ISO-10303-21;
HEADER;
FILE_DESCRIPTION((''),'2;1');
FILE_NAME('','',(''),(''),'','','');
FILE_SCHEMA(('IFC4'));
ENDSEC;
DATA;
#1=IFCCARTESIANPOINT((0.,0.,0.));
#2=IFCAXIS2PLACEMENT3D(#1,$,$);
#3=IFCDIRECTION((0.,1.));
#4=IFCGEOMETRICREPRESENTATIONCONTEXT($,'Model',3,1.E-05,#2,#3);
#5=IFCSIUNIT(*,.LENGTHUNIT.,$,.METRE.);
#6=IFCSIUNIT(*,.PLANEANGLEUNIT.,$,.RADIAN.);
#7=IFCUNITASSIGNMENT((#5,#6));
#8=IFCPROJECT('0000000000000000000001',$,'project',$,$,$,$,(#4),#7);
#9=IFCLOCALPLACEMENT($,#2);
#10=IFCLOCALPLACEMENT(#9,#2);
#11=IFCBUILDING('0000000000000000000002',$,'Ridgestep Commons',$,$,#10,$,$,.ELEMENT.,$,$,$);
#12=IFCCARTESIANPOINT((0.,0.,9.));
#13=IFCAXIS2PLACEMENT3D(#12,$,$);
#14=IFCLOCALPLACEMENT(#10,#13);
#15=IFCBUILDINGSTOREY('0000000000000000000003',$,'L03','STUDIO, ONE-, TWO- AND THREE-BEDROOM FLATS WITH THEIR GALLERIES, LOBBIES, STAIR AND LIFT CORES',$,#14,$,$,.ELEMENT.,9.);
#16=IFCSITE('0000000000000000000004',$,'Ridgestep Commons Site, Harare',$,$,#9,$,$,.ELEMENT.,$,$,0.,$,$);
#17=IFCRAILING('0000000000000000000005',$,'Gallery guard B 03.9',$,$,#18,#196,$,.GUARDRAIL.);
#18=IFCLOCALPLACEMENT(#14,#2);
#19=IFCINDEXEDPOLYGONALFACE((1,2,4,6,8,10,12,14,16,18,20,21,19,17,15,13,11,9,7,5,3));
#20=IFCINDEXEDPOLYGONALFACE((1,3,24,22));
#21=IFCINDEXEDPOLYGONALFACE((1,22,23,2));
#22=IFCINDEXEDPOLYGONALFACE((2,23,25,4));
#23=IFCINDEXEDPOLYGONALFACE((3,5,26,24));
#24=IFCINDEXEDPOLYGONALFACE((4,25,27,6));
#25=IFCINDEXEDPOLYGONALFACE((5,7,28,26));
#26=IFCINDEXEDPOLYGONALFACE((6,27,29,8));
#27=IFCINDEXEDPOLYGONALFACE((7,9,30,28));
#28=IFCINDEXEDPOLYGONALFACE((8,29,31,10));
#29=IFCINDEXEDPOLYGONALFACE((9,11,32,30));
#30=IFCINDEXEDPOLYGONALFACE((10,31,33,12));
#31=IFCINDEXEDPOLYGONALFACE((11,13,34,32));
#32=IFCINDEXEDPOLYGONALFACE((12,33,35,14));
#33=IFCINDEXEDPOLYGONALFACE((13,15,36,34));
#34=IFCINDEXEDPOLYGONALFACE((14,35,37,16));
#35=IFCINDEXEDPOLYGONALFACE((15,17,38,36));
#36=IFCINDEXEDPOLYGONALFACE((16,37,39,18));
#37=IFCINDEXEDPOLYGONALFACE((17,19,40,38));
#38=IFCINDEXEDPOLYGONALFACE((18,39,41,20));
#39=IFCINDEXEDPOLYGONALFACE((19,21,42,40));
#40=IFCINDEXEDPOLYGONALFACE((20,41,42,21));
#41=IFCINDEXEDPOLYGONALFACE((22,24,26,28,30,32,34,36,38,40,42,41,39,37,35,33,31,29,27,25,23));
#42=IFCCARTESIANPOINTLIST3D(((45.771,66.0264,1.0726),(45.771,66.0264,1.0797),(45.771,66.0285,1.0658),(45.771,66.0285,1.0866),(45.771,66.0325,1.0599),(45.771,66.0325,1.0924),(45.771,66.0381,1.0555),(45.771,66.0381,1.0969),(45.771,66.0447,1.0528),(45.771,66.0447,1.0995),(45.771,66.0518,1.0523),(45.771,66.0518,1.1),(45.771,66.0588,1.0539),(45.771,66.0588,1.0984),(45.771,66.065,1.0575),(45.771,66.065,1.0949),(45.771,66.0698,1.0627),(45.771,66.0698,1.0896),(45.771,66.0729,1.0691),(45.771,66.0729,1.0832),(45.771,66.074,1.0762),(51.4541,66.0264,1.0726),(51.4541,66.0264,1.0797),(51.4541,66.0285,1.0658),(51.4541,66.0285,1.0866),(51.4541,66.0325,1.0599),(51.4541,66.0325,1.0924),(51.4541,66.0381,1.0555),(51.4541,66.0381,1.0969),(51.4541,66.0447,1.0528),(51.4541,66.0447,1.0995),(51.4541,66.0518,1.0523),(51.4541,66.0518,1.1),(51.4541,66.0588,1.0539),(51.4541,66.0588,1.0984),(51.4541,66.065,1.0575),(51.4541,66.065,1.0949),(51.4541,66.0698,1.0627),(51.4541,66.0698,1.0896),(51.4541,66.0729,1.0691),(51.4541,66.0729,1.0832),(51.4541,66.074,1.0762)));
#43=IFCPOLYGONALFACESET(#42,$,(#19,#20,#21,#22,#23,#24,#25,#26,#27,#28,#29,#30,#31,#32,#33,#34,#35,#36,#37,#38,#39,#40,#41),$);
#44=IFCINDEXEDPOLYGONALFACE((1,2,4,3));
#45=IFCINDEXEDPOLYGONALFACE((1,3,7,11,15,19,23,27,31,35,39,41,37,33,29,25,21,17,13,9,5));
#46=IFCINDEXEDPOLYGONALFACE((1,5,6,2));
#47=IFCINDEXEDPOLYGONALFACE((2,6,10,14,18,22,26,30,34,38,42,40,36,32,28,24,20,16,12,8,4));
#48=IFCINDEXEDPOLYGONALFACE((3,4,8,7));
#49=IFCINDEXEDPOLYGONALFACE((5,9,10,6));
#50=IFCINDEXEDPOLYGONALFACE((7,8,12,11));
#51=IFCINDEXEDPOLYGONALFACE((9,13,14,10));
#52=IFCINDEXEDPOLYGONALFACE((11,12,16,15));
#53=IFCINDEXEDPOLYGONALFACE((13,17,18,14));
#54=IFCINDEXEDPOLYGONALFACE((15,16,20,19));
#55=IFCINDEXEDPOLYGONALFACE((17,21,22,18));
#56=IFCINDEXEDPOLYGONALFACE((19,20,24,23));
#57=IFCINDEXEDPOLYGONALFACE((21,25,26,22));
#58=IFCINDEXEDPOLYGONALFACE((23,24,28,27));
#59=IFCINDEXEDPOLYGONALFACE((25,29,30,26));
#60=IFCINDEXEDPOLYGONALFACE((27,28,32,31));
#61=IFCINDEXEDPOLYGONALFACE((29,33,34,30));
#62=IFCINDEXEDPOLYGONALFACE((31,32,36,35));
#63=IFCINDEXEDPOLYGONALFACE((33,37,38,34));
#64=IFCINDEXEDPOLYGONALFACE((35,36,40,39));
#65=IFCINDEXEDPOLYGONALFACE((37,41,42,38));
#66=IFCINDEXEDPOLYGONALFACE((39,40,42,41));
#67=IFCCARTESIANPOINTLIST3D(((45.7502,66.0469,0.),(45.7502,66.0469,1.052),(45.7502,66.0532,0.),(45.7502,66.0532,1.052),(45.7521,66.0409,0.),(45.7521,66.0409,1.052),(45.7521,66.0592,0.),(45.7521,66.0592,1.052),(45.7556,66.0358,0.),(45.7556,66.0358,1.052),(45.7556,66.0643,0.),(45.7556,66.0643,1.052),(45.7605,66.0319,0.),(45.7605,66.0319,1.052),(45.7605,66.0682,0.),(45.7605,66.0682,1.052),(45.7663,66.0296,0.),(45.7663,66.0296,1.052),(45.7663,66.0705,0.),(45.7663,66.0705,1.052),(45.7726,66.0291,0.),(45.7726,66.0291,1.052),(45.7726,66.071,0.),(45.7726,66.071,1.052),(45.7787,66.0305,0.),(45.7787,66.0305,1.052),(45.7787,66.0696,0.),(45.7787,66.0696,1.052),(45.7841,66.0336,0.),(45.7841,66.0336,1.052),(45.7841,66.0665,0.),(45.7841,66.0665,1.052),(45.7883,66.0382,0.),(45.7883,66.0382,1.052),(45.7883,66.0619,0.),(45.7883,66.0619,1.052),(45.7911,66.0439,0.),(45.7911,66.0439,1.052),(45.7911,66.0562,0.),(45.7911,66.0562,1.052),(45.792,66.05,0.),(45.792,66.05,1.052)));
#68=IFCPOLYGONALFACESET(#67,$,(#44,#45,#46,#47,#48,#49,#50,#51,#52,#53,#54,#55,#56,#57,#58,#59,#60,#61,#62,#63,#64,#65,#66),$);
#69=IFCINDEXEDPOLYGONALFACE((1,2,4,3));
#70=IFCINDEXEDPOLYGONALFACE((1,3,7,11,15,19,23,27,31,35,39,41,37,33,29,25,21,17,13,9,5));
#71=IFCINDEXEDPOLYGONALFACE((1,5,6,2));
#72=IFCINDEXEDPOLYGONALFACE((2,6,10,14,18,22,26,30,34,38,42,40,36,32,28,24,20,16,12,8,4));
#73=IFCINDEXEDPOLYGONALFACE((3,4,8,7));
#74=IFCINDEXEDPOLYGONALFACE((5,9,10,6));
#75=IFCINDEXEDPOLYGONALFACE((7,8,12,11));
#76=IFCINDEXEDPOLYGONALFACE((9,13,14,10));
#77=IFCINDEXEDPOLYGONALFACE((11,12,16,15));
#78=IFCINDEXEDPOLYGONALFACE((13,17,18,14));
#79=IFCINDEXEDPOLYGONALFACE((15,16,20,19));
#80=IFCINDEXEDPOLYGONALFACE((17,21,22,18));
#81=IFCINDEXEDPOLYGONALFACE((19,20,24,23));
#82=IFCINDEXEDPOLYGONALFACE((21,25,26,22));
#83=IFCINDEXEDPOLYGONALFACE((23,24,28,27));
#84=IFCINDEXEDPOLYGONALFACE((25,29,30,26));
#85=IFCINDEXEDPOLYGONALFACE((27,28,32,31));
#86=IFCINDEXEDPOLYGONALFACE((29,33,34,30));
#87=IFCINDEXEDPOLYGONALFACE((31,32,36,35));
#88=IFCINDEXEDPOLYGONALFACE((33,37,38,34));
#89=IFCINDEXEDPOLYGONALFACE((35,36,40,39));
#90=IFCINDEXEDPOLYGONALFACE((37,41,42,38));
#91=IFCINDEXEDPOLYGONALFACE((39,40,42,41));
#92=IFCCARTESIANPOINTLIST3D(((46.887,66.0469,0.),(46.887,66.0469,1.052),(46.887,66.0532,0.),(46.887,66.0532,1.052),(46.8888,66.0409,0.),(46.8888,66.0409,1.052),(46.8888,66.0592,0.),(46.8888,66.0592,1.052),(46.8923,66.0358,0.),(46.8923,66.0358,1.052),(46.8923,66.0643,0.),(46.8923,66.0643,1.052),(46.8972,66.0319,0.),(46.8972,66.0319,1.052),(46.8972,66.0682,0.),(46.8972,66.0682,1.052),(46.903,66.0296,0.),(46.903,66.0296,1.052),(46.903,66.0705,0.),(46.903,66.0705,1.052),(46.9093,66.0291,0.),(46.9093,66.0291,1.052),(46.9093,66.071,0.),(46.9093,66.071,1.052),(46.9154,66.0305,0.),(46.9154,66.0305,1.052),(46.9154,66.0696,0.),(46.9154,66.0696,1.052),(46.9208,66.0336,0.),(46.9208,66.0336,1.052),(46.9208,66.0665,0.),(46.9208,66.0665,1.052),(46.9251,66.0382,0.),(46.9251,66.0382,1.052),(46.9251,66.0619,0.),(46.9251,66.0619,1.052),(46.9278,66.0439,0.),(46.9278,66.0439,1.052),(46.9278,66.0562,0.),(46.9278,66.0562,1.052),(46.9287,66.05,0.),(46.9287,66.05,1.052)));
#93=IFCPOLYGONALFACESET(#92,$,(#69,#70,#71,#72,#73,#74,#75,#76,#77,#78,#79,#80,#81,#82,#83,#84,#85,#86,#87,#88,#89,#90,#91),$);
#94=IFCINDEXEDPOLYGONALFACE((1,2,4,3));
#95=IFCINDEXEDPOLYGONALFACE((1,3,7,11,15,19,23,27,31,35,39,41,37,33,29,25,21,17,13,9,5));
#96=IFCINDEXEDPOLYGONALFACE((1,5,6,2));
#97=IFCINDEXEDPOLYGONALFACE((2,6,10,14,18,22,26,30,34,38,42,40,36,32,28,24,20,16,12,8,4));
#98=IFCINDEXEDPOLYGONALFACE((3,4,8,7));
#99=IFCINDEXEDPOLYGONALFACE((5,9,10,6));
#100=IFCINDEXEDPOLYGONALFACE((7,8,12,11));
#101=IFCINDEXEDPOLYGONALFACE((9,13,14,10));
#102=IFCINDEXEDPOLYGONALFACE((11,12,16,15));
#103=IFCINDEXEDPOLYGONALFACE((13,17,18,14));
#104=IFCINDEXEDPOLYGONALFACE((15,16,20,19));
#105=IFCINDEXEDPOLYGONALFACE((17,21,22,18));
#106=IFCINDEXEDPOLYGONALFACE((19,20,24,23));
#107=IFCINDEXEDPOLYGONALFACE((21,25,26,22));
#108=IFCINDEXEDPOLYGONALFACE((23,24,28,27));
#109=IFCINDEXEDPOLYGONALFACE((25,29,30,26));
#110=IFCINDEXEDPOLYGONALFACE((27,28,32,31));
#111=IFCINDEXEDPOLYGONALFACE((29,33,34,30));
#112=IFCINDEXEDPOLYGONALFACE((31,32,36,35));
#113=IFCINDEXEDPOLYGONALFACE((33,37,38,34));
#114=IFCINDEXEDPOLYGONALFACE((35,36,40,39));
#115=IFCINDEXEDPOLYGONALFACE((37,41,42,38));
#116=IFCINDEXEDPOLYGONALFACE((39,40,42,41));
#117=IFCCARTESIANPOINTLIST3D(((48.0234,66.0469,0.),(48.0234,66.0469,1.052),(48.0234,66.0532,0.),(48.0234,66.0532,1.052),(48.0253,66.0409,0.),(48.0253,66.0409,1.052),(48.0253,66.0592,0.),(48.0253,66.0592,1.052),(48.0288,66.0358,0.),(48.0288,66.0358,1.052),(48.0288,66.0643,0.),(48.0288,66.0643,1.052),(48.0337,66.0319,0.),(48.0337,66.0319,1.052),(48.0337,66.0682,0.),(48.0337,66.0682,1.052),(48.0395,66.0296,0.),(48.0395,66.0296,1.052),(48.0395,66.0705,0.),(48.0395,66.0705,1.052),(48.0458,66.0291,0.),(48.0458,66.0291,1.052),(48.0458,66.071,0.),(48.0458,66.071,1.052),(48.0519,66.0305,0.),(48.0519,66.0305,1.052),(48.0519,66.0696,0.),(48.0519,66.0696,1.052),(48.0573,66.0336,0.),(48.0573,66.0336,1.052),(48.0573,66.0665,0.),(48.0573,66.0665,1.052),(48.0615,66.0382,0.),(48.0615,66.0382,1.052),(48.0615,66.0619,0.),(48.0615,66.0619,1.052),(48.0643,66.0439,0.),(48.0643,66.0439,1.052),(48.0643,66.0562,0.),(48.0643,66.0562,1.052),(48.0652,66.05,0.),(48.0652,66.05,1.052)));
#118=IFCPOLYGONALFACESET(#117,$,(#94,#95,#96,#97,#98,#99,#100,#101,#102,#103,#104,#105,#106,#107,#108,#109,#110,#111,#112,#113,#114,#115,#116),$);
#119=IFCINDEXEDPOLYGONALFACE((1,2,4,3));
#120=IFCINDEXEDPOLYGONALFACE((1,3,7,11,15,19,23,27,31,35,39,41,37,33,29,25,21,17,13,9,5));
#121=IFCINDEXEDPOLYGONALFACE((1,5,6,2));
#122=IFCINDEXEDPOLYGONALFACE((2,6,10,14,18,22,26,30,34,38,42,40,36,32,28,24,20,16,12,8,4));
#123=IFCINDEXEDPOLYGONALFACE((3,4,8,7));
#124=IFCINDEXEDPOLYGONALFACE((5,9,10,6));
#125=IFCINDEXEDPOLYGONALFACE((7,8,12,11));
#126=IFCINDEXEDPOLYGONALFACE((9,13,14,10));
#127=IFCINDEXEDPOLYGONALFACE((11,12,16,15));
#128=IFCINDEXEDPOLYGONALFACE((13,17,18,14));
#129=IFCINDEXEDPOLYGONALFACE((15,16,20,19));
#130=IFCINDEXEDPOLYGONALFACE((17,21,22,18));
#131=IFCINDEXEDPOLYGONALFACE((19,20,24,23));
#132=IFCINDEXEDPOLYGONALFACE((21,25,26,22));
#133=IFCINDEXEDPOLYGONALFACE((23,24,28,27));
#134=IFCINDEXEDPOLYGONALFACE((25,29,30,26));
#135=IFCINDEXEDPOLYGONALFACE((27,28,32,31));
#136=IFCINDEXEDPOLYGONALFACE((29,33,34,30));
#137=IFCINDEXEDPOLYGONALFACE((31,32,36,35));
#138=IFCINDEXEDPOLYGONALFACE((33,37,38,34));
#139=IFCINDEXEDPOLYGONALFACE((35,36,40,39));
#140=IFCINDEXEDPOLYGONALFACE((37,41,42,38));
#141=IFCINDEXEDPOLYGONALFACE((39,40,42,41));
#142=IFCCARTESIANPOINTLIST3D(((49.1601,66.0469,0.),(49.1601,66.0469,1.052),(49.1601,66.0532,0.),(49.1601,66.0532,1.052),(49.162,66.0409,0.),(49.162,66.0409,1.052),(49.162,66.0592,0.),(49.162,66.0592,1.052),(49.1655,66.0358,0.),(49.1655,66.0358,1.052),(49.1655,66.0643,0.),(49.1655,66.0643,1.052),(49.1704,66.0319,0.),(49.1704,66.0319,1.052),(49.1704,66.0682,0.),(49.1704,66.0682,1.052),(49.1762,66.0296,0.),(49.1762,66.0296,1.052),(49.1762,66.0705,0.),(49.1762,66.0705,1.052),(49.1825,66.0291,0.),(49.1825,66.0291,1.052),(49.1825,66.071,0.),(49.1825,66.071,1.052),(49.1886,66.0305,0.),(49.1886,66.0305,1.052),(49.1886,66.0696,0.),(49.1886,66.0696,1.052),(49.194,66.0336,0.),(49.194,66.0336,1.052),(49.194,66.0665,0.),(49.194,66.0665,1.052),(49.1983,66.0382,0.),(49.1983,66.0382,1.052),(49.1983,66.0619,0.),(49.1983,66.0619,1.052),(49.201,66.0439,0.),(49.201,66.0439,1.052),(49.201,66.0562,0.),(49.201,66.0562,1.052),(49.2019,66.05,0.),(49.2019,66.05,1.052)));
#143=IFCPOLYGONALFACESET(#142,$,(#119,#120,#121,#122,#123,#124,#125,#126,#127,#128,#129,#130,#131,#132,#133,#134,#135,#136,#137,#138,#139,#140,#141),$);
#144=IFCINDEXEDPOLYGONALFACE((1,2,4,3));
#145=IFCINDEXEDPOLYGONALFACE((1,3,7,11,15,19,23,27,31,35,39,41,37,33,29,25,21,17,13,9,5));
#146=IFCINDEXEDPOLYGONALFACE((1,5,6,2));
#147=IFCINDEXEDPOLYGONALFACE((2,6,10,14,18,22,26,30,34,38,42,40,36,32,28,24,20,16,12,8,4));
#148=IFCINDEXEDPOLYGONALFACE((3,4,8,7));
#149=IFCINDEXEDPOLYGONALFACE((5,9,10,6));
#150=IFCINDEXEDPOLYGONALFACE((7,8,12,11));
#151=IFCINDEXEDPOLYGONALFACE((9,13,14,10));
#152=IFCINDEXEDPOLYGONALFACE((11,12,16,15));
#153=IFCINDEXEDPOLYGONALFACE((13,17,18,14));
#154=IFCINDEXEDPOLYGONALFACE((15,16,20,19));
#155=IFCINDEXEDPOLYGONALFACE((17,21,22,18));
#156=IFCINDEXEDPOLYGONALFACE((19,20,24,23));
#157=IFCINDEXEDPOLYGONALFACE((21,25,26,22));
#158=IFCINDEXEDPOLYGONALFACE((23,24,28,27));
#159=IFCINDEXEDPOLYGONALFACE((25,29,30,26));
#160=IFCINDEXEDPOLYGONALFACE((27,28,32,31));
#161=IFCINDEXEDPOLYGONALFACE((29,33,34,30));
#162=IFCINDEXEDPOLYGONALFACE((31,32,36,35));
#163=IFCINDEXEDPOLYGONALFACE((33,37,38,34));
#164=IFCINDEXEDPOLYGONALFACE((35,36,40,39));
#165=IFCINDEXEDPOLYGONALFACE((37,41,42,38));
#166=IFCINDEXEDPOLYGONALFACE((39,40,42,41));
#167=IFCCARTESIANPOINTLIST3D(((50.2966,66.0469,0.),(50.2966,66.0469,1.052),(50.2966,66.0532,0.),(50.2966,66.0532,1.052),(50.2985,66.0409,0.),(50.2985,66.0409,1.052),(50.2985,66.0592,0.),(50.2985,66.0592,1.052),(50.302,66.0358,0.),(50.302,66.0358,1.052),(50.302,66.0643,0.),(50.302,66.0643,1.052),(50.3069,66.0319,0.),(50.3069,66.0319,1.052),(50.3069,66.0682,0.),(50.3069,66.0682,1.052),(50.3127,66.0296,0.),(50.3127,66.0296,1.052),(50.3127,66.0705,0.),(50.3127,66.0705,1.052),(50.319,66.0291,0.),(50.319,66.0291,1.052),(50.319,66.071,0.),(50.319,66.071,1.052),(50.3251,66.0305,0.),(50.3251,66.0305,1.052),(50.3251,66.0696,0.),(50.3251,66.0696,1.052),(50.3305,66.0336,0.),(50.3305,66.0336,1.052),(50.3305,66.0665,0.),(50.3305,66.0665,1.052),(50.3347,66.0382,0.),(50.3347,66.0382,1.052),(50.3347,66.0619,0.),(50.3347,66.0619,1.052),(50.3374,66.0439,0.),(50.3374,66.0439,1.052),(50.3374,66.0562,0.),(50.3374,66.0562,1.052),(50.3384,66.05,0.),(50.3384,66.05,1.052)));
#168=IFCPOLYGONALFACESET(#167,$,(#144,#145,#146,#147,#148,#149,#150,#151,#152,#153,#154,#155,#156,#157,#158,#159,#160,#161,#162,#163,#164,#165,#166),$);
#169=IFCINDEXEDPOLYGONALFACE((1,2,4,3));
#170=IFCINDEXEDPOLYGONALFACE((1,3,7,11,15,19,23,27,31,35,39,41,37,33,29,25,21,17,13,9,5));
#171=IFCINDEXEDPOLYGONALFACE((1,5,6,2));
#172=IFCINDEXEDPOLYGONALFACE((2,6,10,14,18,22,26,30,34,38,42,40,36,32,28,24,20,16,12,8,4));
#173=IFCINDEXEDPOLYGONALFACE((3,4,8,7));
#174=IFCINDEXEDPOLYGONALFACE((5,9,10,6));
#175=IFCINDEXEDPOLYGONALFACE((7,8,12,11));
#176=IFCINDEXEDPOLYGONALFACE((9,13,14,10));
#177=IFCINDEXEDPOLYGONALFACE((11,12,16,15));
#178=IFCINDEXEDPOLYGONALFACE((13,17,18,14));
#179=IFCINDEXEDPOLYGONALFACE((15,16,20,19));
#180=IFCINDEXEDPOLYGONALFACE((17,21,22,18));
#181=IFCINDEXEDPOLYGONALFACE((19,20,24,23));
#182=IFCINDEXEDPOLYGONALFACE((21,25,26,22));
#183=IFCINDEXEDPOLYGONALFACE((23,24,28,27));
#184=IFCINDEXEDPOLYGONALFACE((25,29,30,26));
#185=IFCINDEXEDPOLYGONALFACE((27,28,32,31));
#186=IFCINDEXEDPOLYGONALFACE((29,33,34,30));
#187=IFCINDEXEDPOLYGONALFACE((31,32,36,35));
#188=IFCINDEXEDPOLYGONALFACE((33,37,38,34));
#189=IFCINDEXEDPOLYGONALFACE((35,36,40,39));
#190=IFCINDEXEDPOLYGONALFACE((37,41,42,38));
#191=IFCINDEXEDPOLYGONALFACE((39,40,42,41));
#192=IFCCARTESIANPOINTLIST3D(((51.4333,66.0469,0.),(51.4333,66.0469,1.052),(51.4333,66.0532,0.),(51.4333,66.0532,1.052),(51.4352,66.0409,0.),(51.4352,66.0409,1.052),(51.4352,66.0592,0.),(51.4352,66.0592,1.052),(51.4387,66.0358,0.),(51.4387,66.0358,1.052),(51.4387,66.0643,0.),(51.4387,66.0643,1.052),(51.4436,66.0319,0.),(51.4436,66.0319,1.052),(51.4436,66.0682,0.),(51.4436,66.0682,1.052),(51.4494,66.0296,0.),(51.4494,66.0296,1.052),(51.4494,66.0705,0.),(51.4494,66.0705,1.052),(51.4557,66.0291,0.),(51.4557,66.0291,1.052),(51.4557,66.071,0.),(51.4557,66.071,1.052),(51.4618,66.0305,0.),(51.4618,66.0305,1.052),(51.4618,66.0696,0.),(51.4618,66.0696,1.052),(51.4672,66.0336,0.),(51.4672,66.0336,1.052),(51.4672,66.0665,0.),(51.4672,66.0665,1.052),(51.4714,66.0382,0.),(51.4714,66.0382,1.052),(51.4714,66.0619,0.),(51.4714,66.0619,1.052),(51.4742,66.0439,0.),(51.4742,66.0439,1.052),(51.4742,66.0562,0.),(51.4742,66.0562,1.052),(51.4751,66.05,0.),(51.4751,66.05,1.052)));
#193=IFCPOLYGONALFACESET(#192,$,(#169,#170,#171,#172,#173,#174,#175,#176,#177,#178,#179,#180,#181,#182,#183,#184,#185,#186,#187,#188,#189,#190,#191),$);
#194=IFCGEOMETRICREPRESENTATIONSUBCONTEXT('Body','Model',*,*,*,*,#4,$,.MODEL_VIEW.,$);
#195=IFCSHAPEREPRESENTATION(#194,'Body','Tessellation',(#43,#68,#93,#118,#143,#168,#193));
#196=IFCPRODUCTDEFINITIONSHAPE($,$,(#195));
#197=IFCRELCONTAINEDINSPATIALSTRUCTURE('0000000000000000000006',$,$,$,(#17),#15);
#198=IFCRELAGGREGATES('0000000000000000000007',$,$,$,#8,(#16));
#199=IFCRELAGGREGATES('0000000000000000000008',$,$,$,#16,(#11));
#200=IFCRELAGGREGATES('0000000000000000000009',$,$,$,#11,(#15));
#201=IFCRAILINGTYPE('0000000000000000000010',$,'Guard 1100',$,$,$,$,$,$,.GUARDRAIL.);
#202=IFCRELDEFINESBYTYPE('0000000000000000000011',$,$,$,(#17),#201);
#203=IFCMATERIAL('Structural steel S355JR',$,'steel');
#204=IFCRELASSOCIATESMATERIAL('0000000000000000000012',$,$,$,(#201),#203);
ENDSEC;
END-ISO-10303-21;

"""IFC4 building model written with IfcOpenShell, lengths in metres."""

from ifc_helpers import new_model, si_unit, direction, frame, origin, origin_2d, place, context, subcontext, project, spatial, circle, extrude, material, type_object, element, save


model = new_model("IFC4")

# Units and contexts
model_context = context("Model", 3, precision=1e-05, world=origin(), true_north=direction((0.0, 1.0)))
body_context = subcontext(model_context, "Body", "Model", "MODEL_VIEW")
ifc_project = project(units=[si_unit("LENGTHUNIT", "METRE"), si_unit("PLANEANGLEUNIT", "RADIAN")], contexts=[model_context])

# Site, building, storey
site_placement = place(None, origin())
site = spatial("IfcSite", under=ifc_project, at=site_placement, Name="Ridgestep Commons Site, Harare", CompositionType="ELEMENT", RefElevation=0.0)
building_placement = place(site_placement, origin())
building = spatial("IfcBuilding", under=site, at=building_placement, Name="Ridgestep Commons", CompositionType="ELEMENT")
storey_placement = place(building_placement, frame((0.0, 0.0, 9.0)))
storey = spatial("IfcBuildingStorey", under=building, at=storey_placement, Name="L03", Description="STUDIO, ONE-, TWO- AND THREE-BEDROOM FLATS WITH THEIR GALLERIES, LOBBIES, STAIR AND LIFT CORES", CompositionType="ELEMENT", Elevation=9.0)

# Railing
ifc_material_1 = material(Name="Structural steel S355JR", Category="steel")
railing_type_1 = type_object("IfcRailingType", Name="Guard 1100", PredefinedType="GUARDRAIL", material=ifc_material_1)
railing_1_placement = place(storey_placement, frame((45.771, 66.05, 0.0)))
element("IfcRailing", 1, at=railing_1_placement, inside=storey, type_object=railing_type_1, Name="Gallery guard B 03.9", PredefinedType="GUARDRAIL", context=body_context, shape_type="SweptSolid", body=[
    extrude(circle(Radius=0.0239, at=origin_2d()), frame((0.0, 0.0, 1.0762), z_axis=(1.0, 0.0, 0.0), x_axis=(0.0, 1.0, 0.0)), (0.0, 0.0, 1.0), 5.6831),
    extrude(circle(Radius=0.021, at=origin_2d()), origin(), (0.0, 0.0, 1.0), 1.052),
    extrude(circle(Radius=0.021, at=origin_2d()), frame((1.1367, 0.0, 0.0)), (0.0, 0.0, 1.0), 1.052),
    extrude(circle(Radius=0.021, at=origin_2d()), frame((2.2732, 0.0, 0.0)), (0.0, 0.0, 1.0), 1.052),
    extrude(circle(Radius=0.021, at=origin_2d()), frame((3.4099, 0.0, 0.0)), (0.0, 0.0, 1.0), 1.052),
    extrude(circle(Radius=0.021, at=origin_2d()), frame((4.5464, 0.0, 0.0)), (0.0, 0.0, 1.0), 1.052),
    extrude(circle(Radius=0.021, at=origin_2d()), frame((5.6831, 0.0, 0.0)), (0.0, 0.0, 1.0), 1.052),
])

save(model, "model.ifc")
